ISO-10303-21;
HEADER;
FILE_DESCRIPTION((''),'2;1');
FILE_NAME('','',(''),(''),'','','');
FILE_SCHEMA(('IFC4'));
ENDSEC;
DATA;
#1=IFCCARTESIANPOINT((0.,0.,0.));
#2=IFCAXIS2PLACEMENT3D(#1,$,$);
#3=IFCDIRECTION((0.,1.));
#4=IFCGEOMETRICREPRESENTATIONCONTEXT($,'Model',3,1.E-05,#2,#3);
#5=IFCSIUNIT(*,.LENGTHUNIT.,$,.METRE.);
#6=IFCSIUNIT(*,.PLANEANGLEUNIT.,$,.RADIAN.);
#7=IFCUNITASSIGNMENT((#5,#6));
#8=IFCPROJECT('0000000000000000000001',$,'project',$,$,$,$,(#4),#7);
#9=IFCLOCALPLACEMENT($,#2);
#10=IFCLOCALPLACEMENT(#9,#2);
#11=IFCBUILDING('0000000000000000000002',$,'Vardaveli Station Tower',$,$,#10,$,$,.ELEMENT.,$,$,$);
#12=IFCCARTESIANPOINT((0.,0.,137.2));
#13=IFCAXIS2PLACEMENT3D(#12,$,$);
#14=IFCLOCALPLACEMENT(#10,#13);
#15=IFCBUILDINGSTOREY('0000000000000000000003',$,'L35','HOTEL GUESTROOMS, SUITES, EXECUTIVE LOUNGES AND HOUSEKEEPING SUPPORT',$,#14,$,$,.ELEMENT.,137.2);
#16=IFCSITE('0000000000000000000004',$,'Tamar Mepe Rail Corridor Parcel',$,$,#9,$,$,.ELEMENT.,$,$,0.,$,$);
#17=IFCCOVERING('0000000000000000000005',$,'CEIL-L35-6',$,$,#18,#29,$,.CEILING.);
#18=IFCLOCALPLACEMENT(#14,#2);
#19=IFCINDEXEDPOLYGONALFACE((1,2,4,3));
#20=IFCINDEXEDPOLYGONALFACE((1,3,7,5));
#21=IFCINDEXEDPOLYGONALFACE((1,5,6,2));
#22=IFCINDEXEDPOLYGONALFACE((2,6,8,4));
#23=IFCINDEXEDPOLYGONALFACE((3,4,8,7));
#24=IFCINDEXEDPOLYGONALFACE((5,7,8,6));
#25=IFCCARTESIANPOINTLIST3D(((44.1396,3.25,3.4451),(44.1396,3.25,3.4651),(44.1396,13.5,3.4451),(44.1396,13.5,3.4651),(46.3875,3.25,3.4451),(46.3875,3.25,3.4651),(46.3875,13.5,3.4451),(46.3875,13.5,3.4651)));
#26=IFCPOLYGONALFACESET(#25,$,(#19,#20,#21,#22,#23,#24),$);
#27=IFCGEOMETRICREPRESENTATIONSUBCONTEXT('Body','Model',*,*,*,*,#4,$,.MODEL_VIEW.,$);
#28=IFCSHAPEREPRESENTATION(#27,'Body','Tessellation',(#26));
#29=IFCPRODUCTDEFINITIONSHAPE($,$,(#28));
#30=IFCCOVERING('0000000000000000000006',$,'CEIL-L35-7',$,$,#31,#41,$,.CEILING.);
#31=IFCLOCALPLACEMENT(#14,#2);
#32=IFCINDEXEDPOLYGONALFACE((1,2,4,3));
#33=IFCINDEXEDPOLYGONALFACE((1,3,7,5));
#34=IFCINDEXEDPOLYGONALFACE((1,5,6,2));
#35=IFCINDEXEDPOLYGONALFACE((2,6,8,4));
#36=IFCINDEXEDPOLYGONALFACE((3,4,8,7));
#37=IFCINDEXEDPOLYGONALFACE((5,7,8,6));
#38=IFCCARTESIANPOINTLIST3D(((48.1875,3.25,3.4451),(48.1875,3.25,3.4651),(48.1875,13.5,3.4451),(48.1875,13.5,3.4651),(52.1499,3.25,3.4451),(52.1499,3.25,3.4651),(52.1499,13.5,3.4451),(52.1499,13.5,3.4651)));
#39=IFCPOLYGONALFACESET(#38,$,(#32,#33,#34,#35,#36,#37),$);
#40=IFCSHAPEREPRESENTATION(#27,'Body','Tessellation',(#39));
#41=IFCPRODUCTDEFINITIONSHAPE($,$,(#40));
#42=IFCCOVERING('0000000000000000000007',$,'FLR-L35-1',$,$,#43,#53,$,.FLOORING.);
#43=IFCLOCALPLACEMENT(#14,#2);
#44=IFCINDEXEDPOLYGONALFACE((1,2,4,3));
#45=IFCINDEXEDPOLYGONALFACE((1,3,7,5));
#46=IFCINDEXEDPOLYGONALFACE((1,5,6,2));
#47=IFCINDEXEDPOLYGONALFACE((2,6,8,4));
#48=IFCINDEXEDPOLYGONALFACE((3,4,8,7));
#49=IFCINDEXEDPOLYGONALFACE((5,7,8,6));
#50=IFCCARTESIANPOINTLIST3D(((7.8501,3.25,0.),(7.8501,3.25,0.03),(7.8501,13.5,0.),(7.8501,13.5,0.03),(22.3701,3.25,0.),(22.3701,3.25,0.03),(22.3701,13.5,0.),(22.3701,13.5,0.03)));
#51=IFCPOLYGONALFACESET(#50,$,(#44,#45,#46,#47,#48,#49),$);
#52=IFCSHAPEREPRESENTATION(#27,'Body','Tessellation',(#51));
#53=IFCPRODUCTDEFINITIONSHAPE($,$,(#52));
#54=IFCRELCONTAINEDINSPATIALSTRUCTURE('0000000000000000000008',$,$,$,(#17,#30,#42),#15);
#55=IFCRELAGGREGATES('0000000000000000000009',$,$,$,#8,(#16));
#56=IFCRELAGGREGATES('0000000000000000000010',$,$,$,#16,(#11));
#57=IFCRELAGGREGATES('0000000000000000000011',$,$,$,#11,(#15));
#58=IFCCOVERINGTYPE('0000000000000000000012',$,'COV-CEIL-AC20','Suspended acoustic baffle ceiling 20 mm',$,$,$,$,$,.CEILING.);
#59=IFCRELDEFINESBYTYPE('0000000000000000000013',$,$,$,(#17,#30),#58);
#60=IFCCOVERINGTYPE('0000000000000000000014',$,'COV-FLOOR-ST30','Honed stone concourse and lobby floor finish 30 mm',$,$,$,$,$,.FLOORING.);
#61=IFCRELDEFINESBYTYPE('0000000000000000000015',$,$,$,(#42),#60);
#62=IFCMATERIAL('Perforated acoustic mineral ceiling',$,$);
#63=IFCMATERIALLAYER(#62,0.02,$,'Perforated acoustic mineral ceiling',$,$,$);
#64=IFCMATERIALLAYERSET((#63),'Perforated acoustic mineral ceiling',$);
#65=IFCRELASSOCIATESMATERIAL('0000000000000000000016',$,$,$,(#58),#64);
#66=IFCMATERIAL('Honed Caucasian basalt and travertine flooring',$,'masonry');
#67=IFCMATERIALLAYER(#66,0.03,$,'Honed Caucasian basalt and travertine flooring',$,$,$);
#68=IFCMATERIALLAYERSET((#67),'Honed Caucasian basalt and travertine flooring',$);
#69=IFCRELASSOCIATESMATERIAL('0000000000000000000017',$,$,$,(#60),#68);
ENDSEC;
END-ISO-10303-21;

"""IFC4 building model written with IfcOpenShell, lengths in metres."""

from ifc_helpers import new_model, si_unit, direction, frame, origin, place, context, subcontext, project, spatial, polyline, outline, extrude, material, layer, layer_set, type_object, element, save


model = new_model("IFC4")

# Units and contexts
model_context = context("Model", 3, precision=1e-05, world=origin(), true_north=direction((0.0, 1.0)))
body_context = subcontext(model_context, "Body", "Model", "MODEL_VIEW")
ifc_project = project(units=[si_unit("LENGTHUNIT", "METRE"), si_unit("PLANEANGLEUNIT", "RADIAN")], contexts=[model_context])

# Site, building, storey
site_placement = place(None, origin())
site = spatial("IfcSite", under=ifc_project, at=site_placement, Name="Tamar Mepe Rail Corridor Parcel", CompositionType="ELEMENT", RefElevation=0.0)
building_placement = place(site_placement, origin())
building = spatial("IfcBuilding", under=site, at=building_placement, Name="Vardaveli Station Tower", CompositionType="ELEMENT")
storey_placement = place(building_placement, frame((0.0, 0.0, 137.2)))
storey = spatial("IfcBuildingStorey", under=building, at=storey_placement, Name="L35", Description="HOTEL GUESTROOMS, SUITES, EXECUTIVE LOUNGES AND HOUSEKEEPING SUPPORT", CompositionType="ELEMENT", Elevation=137.2)

# Coverings
ifc_material_1 = material(Name="Perforated acoustic mineral ceiling")
ifc_layer_1 = layer(ifc_material_1, 0.02, Name="Perforated acoustic mineral ceiling")
ifc_layer_set_1 = layer_set([ifc_layer_1], Name="Perforated acoustic mineral ceiling")
covering_type_1 = type_object("IfcCoveringType", Name="COV-CEIL-AC20", Description="Suspended acoustic baffle ceiling 20 mm", PredefinedType="CEILING", material=ifc_layer_set_1)
covering_1_placement = place(storey_placement, frame((0.0, 0.0, 3.4451)))
element("IfcCovering", 1, at=covering_1_placement, inside=storey, type_object=covering_type_1, Name="CEIL-L35-6", PredefinedType="CEILING", context=body_context, shape_type="SweptSolid", body=[
    extrude(outline(polyline([(44.1396, 3.25), (46.3875, 3.25), (46.3875, 13.5), (44.1396, 13.5), (44.1396, 3.25)])), origin(), (0.0, 0.0, 1.0), 0.02),
])
covering_2_placement = place(storey_placement, frame((0.0, 0.0, 3.4451)))
element("IfcCovering", 2, at=covering_2_placement, inside=storey, type_object=covering_type_1, Name="CEIL-L35-7", PredefinedType="CEILING", context=body_context, shape_type="SweptSolid", body=[
    extrude(outline(polyline([(48.1875, 3.25), (52.1499, 3.25), (52.1499, 13.5), (48.1875, 13.5), (48.1875, 3.25)])), origin(), (0.0, 0.0, 1.0), 0.02),
])
ifc_material_2 = material(Name="Honed Caucasian basalt and travertine flooring", Category="masonry")
ifc_layer_2 = layer(ifc_material_2, 0.03, Name="Honed Caucasian basalt and travertine flooring")
ifc_layer_set_2 = layer_set([ifc_layer_2], Name="Honed Caucasian basalt and travertine flooring")
covering_type_2 = type_object("IfcCoveringType", Name="COV-FLOOR-ST30", Description="Honed stone concourse and lobby floor finish 30 mm", PredefinedType="FLOORING", material=ifc_layer_set_2)
covering_3_placement = place(storey_placement, origin())
element("IfcCovering", 3, at=covering_3_placement, inside=storey, type_object=covering_type_2, Name="FLR-L35-1", PredefinedType="FLOORING", context=body_context, shape_type="SweptSolid", body=[
    extrude(outline(polyline([(7.8501, 3.25), (22.3701, 3.25), (22.3701, 13.5), (7.8501, 13.5), (7.8501, 3.25)])), origin(), (0.0, 0.0, 1.0), 0.03),
])

save(model, "model.ifc")
